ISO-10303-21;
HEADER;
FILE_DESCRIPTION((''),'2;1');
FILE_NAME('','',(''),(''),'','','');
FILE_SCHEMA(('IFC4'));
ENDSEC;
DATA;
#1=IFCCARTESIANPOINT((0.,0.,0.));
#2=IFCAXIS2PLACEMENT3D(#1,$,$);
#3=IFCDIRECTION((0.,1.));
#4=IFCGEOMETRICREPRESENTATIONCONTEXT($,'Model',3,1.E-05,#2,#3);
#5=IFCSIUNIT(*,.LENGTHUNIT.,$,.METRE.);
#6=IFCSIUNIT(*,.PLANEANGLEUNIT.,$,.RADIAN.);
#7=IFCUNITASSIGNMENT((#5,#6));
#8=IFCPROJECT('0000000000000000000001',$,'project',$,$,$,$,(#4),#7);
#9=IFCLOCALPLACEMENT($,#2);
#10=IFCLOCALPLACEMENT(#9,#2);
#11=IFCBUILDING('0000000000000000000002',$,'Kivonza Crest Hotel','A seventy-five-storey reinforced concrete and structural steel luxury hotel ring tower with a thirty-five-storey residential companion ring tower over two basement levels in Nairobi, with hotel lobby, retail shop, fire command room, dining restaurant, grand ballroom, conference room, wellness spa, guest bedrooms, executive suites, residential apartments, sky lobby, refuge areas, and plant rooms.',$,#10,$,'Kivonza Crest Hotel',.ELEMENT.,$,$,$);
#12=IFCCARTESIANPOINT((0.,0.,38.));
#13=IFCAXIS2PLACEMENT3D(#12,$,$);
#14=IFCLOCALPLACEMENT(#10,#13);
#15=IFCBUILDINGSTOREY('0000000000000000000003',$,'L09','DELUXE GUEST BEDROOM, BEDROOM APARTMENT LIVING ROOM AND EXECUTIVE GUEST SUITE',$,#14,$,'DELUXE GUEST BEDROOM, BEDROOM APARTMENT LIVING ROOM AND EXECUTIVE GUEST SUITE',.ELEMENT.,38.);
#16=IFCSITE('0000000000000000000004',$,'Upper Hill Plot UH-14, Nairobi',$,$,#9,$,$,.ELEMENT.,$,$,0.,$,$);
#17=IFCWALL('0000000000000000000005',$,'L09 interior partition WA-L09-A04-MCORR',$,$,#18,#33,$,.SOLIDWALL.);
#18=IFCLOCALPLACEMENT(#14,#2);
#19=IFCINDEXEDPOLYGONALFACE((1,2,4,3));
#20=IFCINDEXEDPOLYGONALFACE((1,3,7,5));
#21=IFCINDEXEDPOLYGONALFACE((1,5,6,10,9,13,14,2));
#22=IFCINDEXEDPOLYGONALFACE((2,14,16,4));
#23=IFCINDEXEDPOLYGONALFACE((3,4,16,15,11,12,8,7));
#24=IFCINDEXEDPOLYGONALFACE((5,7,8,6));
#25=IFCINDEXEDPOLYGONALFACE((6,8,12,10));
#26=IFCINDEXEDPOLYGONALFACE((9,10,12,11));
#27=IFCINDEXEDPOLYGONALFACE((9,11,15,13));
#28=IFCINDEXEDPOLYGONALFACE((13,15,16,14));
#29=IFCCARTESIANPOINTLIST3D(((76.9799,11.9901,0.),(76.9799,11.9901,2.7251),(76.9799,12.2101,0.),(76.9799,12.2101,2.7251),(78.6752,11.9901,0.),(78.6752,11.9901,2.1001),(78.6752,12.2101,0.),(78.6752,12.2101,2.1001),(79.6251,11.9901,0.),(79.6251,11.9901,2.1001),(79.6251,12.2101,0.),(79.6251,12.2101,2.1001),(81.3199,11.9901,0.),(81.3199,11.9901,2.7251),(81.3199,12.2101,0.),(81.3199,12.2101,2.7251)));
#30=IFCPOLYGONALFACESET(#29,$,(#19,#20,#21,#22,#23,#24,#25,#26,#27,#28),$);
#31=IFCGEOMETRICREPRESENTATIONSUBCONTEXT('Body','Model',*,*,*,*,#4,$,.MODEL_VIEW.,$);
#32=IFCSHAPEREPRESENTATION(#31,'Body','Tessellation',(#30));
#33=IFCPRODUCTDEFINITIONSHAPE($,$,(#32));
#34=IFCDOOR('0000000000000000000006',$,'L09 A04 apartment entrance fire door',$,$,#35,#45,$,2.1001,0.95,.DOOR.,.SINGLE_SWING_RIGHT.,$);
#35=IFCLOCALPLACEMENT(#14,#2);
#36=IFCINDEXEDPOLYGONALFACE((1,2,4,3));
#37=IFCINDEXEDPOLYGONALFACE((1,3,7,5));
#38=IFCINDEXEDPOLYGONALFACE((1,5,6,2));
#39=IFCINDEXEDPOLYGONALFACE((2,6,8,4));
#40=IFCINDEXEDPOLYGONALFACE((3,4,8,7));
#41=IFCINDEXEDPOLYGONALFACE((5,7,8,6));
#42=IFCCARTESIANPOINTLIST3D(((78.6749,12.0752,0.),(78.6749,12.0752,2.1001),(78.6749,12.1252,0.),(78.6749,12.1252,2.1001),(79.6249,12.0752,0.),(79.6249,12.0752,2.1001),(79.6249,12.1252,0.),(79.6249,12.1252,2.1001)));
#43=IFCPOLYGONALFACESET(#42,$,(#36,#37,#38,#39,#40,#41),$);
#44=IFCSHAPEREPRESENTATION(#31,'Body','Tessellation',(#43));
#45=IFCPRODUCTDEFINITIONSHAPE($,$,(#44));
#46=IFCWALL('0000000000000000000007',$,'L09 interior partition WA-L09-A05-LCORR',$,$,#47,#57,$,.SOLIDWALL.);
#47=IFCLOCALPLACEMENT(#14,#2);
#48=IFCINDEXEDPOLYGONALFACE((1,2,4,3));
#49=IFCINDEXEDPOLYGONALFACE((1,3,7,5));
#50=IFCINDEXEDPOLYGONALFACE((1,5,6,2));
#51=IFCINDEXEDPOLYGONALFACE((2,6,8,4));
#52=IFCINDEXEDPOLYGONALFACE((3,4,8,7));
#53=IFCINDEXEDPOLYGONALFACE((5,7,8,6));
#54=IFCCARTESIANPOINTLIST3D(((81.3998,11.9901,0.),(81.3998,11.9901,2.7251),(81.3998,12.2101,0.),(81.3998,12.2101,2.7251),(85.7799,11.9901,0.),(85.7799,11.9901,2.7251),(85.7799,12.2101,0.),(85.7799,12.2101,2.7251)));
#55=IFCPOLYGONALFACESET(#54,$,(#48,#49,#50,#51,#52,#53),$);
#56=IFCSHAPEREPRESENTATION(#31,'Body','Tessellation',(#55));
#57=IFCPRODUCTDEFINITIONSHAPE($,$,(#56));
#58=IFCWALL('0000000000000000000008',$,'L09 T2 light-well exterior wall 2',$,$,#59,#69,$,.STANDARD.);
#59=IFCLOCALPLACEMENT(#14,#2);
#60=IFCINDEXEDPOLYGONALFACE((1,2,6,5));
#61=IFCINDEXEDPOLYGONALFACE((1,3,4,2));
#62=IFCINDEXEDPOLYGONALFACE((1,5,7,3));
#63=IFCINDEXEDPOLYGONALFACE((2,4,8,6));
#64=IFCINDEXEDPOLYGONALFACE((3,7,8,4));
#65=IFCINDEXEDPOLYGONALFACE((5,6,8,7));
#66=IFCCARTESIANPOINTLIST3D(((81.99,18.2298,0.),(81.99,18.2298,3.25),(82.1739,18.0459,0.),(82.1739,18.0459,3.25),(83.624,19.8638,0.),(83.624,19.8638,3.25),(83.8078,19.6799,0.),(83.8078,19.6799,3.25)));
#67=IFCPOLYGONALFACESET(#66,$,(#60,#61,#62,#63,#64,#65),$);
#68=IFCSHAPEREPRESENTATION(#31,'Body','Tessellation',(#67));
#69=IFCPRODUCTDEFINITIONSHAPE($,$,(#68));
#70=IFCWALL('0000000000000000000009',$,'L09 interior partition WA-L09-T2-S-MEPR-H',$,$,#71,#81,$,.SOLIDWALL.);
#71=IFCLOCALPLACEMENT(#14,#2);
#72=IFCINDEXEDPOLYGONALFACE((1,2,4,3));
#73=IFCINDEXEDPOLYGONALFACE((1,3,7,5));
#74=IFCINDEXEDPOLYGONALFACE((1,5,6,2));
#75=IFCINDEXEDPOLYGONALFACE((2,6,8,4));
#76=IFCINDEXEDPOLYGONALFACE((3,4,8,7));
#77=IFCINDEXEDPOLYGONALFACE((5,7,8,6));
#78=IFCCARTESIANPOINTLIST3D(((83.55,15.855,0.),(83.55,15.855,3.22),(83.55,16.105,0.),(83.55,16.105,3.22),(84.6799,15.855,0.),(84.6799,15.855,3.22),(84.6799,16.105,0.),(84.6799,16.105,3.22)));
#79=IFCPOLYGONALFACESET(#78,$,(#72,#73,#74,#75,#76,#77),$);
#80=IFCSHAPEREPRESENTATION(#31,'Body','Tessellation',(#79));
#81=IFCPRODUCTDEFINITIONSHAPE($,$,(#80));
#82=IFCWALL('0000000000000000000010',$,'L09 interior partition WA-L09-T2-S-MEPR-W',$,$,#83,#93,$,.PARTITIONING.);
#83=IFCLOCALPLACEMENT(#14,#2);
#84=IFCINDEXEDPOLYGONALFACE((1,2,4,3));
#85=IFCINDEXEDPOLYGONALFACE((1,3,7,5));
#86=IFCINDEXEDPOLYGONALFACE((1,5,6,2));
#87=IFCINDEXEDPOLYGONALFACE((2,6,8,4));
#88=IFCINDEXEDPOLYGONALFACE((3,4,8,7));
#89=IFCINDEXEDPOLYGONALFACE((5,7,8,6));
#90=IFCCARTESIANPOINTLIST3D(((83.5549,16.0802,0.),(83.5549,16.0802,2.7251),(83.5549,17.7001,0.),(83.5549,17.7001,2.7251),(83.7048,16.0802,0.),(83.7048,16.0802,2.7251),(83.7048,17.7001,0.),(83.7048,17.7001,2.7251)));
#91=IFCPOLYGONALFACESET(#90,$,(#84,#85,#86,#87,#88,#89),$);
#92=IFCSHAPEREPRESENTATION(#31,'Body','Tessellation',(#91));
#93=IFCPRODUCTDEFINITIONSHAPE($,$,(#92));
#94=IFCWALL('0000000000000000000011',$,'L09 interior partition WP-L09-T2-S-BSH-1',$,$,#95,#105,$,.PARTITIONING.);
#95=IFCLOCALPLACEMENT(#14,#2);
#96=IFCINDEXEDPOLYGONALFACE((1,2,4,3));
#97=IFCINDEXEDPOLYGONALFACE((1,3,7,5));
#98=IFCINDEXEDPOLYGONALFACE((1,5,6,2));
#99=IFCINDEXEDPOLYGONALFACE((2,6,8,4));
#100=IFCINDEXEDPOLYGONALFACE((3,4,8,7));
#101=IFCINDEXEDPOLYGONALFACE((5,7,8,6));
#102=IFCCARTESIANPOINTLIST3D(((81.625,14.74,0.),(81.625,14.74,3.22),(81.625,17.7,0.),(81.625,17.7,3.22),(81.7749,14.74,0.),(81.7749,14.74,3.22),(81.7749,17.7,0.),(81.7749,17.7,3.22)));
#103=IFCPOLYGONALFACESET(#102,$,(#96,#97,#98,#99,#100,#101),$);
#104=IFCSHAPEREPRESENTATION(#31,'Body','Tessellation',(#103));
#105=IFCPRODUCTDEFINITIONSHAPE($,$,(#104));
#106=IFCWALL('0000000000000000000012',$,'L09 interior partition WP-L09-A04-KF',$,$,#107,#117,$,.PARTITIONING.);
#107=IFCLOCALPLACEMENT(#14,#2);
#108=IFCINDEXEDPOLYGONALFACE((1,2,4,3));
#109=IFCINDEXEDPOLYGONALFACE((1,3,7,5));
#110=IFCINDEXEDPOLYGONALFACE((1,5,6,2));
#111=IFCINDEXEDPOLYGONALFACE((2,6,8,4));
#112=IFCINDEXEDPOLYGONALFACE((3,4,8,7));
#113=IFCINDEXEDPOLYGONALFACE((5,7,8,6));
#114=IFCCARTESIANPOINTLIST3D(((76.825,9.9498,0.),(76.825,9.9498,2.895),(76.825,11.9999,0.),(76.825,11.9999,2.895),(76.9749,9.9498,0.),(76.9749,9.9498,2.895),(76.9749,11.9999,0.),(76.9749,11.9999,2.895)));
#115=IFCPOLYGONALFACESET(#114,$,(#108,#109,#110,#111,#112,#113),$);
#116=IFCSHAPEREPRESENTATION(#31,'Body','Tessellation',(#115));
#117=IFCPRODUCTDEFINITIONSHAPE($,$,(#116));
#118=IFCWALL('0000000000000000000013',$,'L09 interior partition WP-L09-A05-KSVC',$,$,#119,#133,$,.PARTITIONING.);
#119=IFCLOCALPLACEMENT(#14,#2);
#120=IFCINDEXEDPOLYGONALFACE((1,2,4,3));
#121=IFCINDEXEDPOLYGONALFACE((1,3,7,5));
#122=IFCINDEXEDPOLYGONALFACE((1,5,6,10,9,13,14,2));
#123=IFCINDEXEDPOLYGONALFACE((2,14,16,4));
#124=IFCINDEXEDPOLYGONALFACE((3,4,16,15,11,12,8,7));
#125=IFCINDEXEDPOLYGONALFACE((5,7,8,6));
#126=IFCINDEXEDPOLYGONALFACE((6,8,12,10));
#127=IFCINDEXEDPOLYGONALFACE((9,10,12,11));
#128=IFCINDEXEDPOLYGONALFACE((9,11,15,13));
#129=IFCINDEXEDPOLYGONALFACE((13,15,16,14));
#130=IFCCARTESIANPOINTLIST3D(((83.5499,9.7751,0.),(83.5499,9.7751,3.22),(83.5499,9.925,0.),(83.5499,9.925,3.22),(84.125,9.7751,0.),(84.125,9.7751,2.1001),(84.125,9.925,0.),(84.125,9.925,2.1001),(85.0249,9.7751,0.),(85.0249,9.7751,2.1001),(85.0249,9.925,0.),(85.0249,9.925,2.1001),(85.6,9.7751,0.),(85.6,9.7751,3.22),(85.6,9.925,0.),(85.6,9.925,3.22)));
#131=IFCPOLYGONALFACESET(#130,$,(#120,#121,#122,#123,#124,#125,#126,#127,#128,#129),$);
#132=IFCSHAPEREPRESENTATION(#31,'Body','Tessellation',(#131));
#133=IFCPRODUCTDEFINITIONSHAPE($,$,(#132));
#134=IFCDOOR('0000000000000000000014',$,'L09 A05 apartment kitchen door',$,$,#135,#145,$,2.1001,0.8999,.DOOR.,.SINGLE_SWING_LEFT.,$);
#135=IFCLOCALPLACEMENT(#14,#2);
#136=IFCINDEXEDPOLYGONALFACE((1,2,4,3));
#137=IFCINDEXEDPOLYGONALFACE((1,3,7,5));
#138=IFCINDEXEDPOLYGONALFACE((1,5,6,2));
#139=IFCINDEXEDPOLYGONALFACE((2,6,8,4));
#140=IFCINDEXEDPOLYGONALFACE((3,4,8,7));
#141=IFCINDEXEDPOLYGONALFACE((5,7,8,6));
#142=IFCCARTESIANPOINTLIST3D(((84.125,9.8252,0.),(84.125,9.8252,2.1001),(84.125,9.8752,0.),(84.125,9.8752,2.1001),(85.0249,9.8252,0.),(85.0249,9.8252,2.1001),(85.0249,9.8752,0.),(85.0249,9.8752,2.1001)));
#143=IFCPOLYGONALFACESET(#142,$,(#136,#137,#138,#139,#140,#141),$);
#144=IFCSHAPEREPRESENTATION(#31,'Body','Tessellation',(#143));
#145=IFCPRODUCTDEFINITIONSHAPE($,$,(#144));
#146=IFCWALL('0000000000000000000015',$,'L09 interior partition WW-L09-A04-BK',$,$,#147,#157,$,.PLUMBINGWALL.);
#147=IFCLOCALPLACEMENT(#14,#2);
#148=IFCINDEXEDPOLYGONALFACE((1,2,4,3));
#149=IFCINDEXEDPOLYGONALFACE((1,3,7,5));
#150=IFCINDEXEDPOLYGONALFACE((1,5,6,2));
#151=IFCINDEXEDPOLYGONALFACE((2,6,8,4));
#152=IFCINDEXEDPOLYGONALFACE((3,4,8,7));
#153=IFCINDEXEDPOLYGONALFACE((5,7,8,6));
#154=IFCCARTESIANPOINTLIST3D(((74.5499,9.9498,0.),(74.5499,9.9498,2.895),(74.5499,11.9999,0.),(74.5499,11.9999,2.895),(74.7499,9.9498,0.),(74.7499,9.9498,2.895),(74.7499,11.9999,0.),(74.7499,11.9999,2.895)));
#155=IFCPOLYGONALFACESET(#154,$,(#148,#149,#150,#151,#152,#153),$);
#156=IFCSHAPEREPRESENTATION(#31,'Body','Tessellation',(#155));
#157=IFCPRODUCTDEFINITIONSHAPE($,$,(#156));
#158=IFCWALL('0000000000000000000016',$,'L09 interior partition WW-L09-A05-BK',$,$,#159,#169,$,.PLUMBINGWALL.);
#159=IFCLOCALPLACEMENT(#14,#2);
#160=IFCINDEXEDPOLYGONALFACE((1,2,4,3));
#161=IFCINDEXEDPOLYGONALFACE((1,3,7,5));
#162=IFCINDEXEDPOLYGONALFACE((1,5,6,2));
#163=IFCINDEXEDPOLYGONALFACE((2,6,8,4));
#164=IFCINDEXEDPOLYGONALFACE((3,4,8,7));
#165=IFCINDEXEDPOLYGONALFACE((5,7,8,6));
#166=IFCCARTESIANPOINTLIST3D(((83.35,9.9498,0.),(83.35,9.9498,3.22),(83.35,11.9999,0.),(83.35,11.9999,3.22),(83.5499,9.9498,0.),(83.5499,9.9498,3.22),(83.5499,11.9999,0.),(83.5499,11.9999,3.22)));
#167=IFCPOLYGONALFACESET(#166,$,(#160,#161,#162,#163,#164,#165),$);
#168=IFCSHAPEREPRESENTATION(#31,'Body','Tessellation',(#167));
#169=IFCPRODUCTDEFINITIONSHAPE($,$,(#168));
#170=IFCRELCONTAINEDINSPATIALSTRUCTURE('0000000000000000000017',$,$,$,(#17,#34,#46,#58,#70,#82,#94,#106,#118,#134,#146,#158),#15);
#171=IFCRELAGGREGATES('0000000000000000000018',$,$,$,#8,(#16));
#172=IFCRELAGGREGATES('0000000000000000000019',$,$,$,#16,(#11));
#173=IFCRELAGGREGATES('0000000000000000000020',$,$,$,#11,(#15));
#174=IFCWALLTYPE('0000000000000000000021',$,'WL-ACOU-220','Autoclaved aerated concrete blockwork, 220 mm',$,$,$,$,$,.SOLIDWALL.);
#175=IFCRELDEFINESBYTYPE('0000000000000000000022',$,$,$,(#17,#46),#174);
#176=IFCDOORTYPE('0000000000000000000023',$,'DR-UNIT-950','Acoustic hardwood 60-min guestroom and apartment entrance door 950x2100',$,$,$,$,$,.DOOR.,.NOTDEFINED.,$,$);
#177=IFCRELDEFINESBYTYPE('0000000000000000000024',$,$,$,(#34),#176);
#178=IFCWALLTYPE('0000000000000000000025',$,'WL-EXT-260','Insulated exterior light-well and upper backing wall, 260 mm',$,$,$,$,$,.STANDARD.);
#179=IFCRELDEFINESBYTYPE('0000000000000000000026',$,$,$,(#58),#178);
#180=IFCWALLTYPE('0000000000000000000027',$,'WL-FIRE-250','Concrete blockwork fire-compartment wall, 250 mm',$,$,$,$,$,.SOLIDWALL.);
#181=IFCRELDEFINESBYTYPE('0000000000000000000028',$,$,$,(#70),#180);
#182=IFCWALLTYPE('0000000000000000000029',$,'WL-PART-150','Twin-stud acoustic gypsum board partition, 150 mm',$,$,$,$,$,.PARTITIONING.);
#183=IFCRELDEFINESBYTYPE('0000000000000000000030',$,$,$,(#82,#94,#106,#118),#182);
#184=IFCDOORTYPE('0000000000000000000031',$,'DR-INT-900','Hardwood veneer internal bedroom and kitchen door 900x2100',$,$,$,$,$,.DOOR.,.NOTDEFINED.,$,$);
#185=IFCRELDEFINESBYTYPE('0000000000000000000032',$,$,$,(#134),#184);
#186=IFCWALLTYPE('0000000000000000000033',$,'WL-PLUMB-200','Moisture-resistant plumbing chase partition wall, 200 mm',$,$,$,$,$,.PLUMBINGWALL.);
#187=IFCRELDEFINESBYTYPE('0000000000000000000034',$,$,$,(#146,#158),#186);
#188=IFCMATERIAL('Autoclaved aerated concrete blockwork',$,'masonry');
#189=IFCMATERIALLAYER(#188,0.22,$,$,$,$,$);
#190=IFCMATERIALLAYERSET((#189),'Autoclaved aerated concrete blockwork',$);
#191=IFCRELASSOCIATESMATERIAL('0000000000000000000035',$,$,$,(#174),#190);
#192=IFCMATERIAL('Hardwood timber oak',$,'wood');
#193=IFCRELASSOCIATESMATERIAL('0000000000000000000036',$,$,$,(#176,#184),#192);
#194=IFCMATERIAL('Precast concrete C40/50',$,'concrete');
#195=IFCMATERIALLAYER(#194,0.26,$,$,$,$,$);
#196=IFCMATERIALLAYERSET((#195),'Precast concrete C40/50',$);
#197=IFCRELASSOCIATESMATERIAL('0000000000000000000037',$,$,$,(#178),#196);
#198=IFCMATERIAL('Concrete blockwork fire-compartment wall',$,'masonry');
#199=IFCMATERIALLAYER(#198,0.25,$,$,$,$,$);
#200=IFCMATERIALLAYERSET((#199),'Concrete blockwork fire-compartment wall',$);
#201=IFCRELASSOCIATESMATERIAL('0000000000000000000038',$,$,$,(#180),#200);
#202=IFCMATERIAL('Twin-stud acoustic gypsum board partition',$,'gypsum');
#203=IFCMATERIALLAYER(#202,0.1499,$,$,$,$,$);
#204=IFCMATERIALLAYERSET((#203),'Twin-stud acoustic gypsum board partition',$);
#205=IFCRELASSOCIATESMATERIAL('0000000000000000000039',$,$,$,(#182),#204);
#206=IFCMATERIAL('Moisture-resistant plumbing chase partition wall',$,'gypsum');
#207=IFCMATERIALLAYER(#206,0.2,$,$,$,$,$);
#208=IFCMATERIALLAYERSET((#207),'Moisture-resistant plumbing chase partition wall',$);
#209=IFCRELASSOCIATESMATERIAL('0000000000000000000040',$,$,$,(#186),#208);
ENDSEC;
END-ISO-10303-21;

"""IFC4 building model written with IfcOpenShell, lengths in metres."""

from ifc_helpers import new_model, si_unit, direction, frame, frame_2d, origin, place, context, subcontext, project, spatial, rectangle, extrude, material, layer, layer_set, type_object, element, fill, save


model = new_model("IFC4")

# Units and contexts
model_context = context("Model", 3, precision=1e-05, world=origin(), true_north=direction((0.0, 1.0)))
body_context = subcontext(model_context, "Body", "Model", "MODEL_VIEW")
ifc_project = project(units=[si_unit("LENGTHUNIT", "METRE"), si_unit("PLANEANGLEUNIT", "RADIAN")], contexts=[model_context])

# Site, building, storey
site_placement = place(None, origin())
site = spatial("IfcSite", under=ifc_project, at=site_placement, Name="Upper Hill Plot UH-14, Nairobi", CompositionType="ELEMENT", RefElevation=0.0)
building_placement = place(site_placement, origin())
building = spatial("IfcBuilding", under=site, at=building_placement, Name="Kivonza Crest Hotel", Description="A seventy-five-storey reinforced concrete and structural steel luxury hotel ring tower with a thirty-five-storey residential companion ring tower over two basement levels in Nairobi, with hotel lobby, retail shop, fire command room, dining restaurant, grand ballroom, conference room, wellness spa, guest bedrooms, executive suites, residential apartments, sky lobby, refuge areas, and plant rooms.", LongName="Kivonza Crest Hotel", CompositionType="ELEMENT")
storey_placement = place(building_placement, frame((0.0, 0.0, 38.0)))
storey = spatial("IfcBuildingStorey", under=building, at=storey_placement, Name="L09", Description="DELUXE GUEST BEDROOM, BEDROOM APARTMENT LIVING ROOM AND EXECUTIVE GUEST SUITE", LongName="DELUXE GUEST BEDROOM, BEDROOM APARTMENT LIVING ROOM AND EXECUTIVE GUEST SUITE", CompositionType="ELEMENT", Elevation=38.0)

# Wall, opening, door
ifc_material_1 = material(Name="Autoclaved aerated concrete blockwork", Category="masonry")
ifc_layer_1 = layer(ifc_material_1, 0.22)
ifc_layer_set_1 = layer_set([ifc_layer_1], Name="Autoclaved aerated concrete blockwork")
wall_type_1 = type_object("IfcWallType", Name="WL-ACOU-220", Description="Autoclaved aerated concrete blockwork, 220 mm", PredefinedType="SOLIDWALL", material=ifc_layer_set_1)
wall_1_placement = place(storey_placement, frame((76.98, 12.1001, 0.0), z_axis=(0.0, 0.0, 1.0), x_axis=(1.0, 0.0, 0.0)))
wall_1 = element("IfcWall", 1, at=wall_1_placement, inside=storey, type_object=wall_type_1, Name="L09 interior partition WA-L09-A04-MCORR", PredefinedType="SOLIDWALL", context=body_context, shape_type="SweptSolid", body=[
    extrude(rectangle(XDim=4.3401, YDim=0.22, at=frame_2d((2.1699, 0.0))), origin(), (0.0, 0.0, 1.0), 2.7251),
])
opening_1_placement = place(wall_1_placement, frame((1.6951, 0.0, 0.0)))
opening_1 = element("IfcOpeningElement", 2, at=opening_1_placement, cuts=wall_1, PredefinedType="OPENING", context=body_context, shape_type="SweptSolid", body=[
    extrude(rectangle(XDim=0.95, YDim=2.1001, at=frame_2d((0.4751, 1.05))), frame((0.0, 0.1201, 0.0), z_axis=(0.0, -1.0, 0.0), x_axis=(1.0, 0.0, 0.0)), (0.0, 0.0, 1.0), 0.24),
])
ifc_material_2 = material(Name="Hardwood timber oak", Category="wood")
door_type_1 = type_object("IfcDoorType", Name="DR-UNIT-950", Description="Acoustic hardwood 60-min guestroom and apartment entrance door 950x2100", OperationType="NOTDEFINED", PredefinedType="DOOR", material=ifc_material_2)
door_1_placement = place(opening_1_placement, frame((0.95, 0.0, 0.0), z_axis=(0.0, 0.0, 1.0), x_axis=(-1.0, 0.0, 0.0)))
door_1 = element("IfcDoor", 3, at=door_1_placement, inside=storey, type_object=door_type_1, Name="L09 A04 apartment entrance fire door", OperationType="SINGLE_SWING_RIGHT", OverallHeight=2.1001, OverallWidth=0.95, PredefinedType="DOOR", context=body_context, shape_type="SweptSolid", body=[
    extrude(rectangle(XDim=0.95, YDim=2.1001, at=frame_2d((0.4751, 1.05))), frame((0.0, 0.0249, 0.0), z_axis=(0.0, -1.0, 0.0), x_axis=(1.0, 0.0, 0.0)), (0.0, 0.0, 1.0), 0.05),
])
fill(opening_1, door_1)

# Walls
wall_2_placement = place(storey_placement, frame((81.3999, 12.1001, 0.0), z_axis=(0.0, 0.0, 1.0), x_axis=(1.0, 0.0, 0.0)))
element("IfcWall", 4, at=wall_2_placement, inside=storey, type_object=wall_type_1, Name="L09 interior partition WA-L09-A05-LCORR", PredefinedType="SOLIDWALL", context=body_context, shape_type="SweptSolid", body=[
    extrude(rectangle(XDim=4.3801, YDim=0.22, at=frame_2d((2.1899, 0.0))), origin(), (0.0, 0.0, 1.0), 2.7251),
])
ifc_material_3 = material(Name="Precast concrete C40/50", Category="concrete")
ifc_layer_2 = layer(ifc_material_3, 0.26)
ifc_layer_set_2 = layer_set([ifc_layer_2], Name="Precast concrete C40/50")
wall_type_2 = type_object("IfcWallType", Name="WL-EXT-260", Description="Insulated exterior light-well and upper backing wall, 260 mm", PredefinedType="STANDARD", material=ifc_layer_set_2)
wall_3_placement = place(storey_placement, frame((82.082, 18.1379, 0.0), z_axis=(0.0, 0.0, 1.0), x_axis=(0.707107, 0.707107, 0.0)))
element("IfcWall", 5, at=wall_3_placement, inside=storey, type_object=wall_type_2, Name="L09 T2 light-well exterior wall 2", PredefinedType="STANDARD", context=body_context, shape_type="SweptSolid", body=[
    extrude(rectangle(XDim=2.3108, YDim=0.26, at=frame_2d((1.1553, 0.0))), origin(), (0.0, 0.0, 1.0), 3.25),
])
ifc_material_4 = material(Name="Concrete blockwork fire-compartment wall", Category="masonry")
ifc_layer_3 = layer(ifc_material_4, 0.25)
ifc_layer_set_3 = layer_set([ifc_layer_3], Name="Concrete blockwork fire-compartment wall")
wall_type_3 = type_object("IfcWallType", Name="WL-FIRE-250", Description="Concrete blockwork fire-compartment wall, 250 mm", PredefinedType="SOLIDWALL", material=ifc_layer_set_3)
wall_4_placement = place(storey_placement, frame((83.55, 15.98, 0.0), z_axis=(0.0, 0.0, 1.0), x_axis=(1.0, 0.0, 0.0)))
element("IfcWall", 6, at=wall_4_placement, inside=storey, type_object=wall_type_3, Name="L09 interior partition WA-L09-T2-S-MEPR-H", PredefinedType="SOLIDWALL", context=body_context, shape_type="SweptSolid", body=[
    extrude(rectangle(XDim=1.1299, YDim=0.25, at=frame_2d((0.5649, 0.0))), origin(), (0.0, 0.0, 1.0), 3.22),
])
ifc_material_5 = material(Name="Twin-stud acoustic gypsum board partition", Category="gypsum")
ifc_layer_4 = layer(ifc_material_5, 0.1499)
ifc_layer_set_4 = layer_set([ifc_layer_4], Name="Twin-stud acoustic gypsum board partition")
wall_type_4 = type_object("IfcWallType", Name="WL-PART-150", Description="Twin-stud acoustic gypsum board partition, 150 mm", PredefinedType="PARTITIONING", material=ifc_layer_set_4)
wall_5_placement = place(storey_placement, frame((83.6299, 16.0801, 0.0), z_axis=(0.0, 0.0, 1.0), x_axis=(0.0, 1.0, 0.0)))
element("IfcWall", 7, at=wall_5_placement, inside=storey, type_object=wall_type_4, Name="L09 interior partition WA-L09-T2-S-MEPR-W", PredefinedType="PARTITIONING", context=body_context, shape_type="SweptSolid", body=[
    extrude(rectangle(XDim=1.6199, YDim=0.1499, at=frame_2d((0.8101, 0.0))), origin(), (0.0, 0.0, 1.0), 2.7251),
])
wall_6_placement = place(storey_placement, frame((81.7, 14.74, 0.0), z_axis=(0.0, 0.0, 1.0), x_axis=(0.0, 1.0, 0.0)))
element("IfcWall", 8, at=wall_6_placement, inside=storey, type_object=wall_type_4, Name="L09 interior partition WP-L09-T2-S-BSH-1", PredefinedType="PARTITIONING", context=body_context, shape_type="SweptSolid", body=[
    extrude(rectangle(XDim=2.96, YDim=0.1499, at=frame_2d((1.48, 0.0))), origin(), (0.0, 0.0, 1.0), 3.22),
])
wall_7_placement = place(storey_placement, frame((76.8999, 9.95, 0.0), z_axis=(0.0, 0.0, 1.0), x_axis=(0.0, 1.0, 0.0)))
element("IfcWall", 9, at=wall_7_placement, inside=storey, type_object=wall_type_4, Name="L09 interior partition WP-L09-A04-KF", PredefinedType="PARTITIONING", context=body_context, shape_type="SweptSolid", body=[
    extrude(rectangle(XDim=2.05, YDim=0.1499, at=frame_2d((1.0249, 0.0))), origin(), (0.0, 0.0, 1.0), 2.895),
])

# Wall, opening, door
wall_8_placement = place(storey_placement, frame((83.55, 9.8501, 0.0), z_axis=(0.0, 0.0, 1.0), x_axis=(1.0, 0.0, 0.0)))
wall_8 = element("IfcWall", 10, at=wall_8_placement, inside=storey, type_object=wall_type_4, Name="L09 interior partition WP-L09-A05-KSVC", PredefinedType="PARTITIONING", context=body_context, shape_type="SweptSolid", body=[
    extrude(rectangle(XDim=2.05, YDim=0.1499, at=frame_2d((1.0249, 0.0))), origin(), (0.0, 0.0, 1.0), 3.22),
])
opening_2_placement = place(wall_8_placement, frame((0.575, 0.0, 0.0)))
opening_2 = element("IfcOpeningElement", 11, at=opening_2_placement, cuts=wall_8, PredefinedType="OPENING", context=body_context, shape_type="SweptSolid", body=[
    extrude(rectangle(XDim=0.8999, YDim=2.1001, at=frame_2d((0.45, 1.05))), frame((0.0, 0.085, 0.0), z_axis=(0.0, -1.0, 0.0), x_axis=(1.0, 0.0, 0.0)), (0.0, 0.0, 1.0), 0.1699),
])
door_type_2 = type_object("IfcDoorType", Name="DR-INT-900", Description="Hardwood veneer internal bedroom and kitchen door 900x2100", OperationType="NOTDEFINED", PredefinedType="DOOR", material=ifc_material_2)
door_2_placement = place(opening_2_placement, frame((0.8999, 0.0, 0.0), z_axis=(0.0, 0.0, 1.0), x_axis=(-1.0, 0.0, 0.0)))
door_2 = element("IfcDoor", 12, at=door_2_placement, inside=storey, type_object=door_type_2, Name="L09 A05 apartment kitchen door", OperationType="SINGLE_SWING_LEFT", OverallHeight=2.1001, OverallWidth=0.8999, PredefinedType="DOOR", context=body_context, shape_type="SweptSolid", body=[
    extrude(rectangle(XDim=0.8999, YDim=2.1001, at=frame_2d((0.45, 1.05))), frame((0.0, 0.0249, 0.0), z_axis=(0.0, -1.0, 0.0), x_axis=(1.0, 0.0, 0.0)), (0.0, 0.0, 1.0), 0.05),
])
fill(opening_2, door_2)

# Walls
ifc_material_6 = material(Name="Moisture-resistant plumbing chase partition wall", Category="gypsum")
ifc_layer_5 = layer(ifc_material_6, 0.2)
ifc_layer_set_5 = layer_set([ifc_layer_5], Name="Moisture-resistant plumbing chase partition wall")
wall_type_5 = type_object("IfcWallType", Name="WL-PLUMB-200", Description="Moisture-resistant plumbing chase partition wall, 200 mm", PredefinedType="PLUMBINGWALL", material=ifc_layer_set_5)
wall_9_placement = place(storey_placement, frame((74.6499, 9.95, 0.0), z_axis=(0.0, 0.0, 1.0), x_axis=(0.0, 1.0, 0.0)))
element("IfcWall", 13, at=wall_9_placement, inside=storey, type_object=wall_type_5, Name="L09 interior partition WW-L09-A04-BK", PredefinedType="PLUMBINGWALL", context=body_context, shape_type="SweptSolid", body=[
    extrude(rectangle(XDim=2.05, YDim=0.2, at=frame_2d((1.0249, 0.0))), origin(), (0.0, 0.0, 1.0), 2.895),
])
wall_10_placement = place(storey_placement, frame((83.45, 9.95, 0.0), z_axis=(0.0, 0.0, 1.0), x_axis=(0.0, 1.0, 0.0)))
element("IfcWall", 14, at=wall_10_placement, inside=storey, type_object=wall_type_5, Name="L09 interior partition WW-L09-A05-BK", PredefinedType="PLUMBINGWALL", context=body_context, shape_type="SweptSolid", body=[
    extrude(rectangle(XDim=2.05, YDim=0.2, at=frame_2d((1.0249, 0.0))), origin(), (0.0, 0.0, 1.0), 3.22),
])

save(model, "model.ifc")
